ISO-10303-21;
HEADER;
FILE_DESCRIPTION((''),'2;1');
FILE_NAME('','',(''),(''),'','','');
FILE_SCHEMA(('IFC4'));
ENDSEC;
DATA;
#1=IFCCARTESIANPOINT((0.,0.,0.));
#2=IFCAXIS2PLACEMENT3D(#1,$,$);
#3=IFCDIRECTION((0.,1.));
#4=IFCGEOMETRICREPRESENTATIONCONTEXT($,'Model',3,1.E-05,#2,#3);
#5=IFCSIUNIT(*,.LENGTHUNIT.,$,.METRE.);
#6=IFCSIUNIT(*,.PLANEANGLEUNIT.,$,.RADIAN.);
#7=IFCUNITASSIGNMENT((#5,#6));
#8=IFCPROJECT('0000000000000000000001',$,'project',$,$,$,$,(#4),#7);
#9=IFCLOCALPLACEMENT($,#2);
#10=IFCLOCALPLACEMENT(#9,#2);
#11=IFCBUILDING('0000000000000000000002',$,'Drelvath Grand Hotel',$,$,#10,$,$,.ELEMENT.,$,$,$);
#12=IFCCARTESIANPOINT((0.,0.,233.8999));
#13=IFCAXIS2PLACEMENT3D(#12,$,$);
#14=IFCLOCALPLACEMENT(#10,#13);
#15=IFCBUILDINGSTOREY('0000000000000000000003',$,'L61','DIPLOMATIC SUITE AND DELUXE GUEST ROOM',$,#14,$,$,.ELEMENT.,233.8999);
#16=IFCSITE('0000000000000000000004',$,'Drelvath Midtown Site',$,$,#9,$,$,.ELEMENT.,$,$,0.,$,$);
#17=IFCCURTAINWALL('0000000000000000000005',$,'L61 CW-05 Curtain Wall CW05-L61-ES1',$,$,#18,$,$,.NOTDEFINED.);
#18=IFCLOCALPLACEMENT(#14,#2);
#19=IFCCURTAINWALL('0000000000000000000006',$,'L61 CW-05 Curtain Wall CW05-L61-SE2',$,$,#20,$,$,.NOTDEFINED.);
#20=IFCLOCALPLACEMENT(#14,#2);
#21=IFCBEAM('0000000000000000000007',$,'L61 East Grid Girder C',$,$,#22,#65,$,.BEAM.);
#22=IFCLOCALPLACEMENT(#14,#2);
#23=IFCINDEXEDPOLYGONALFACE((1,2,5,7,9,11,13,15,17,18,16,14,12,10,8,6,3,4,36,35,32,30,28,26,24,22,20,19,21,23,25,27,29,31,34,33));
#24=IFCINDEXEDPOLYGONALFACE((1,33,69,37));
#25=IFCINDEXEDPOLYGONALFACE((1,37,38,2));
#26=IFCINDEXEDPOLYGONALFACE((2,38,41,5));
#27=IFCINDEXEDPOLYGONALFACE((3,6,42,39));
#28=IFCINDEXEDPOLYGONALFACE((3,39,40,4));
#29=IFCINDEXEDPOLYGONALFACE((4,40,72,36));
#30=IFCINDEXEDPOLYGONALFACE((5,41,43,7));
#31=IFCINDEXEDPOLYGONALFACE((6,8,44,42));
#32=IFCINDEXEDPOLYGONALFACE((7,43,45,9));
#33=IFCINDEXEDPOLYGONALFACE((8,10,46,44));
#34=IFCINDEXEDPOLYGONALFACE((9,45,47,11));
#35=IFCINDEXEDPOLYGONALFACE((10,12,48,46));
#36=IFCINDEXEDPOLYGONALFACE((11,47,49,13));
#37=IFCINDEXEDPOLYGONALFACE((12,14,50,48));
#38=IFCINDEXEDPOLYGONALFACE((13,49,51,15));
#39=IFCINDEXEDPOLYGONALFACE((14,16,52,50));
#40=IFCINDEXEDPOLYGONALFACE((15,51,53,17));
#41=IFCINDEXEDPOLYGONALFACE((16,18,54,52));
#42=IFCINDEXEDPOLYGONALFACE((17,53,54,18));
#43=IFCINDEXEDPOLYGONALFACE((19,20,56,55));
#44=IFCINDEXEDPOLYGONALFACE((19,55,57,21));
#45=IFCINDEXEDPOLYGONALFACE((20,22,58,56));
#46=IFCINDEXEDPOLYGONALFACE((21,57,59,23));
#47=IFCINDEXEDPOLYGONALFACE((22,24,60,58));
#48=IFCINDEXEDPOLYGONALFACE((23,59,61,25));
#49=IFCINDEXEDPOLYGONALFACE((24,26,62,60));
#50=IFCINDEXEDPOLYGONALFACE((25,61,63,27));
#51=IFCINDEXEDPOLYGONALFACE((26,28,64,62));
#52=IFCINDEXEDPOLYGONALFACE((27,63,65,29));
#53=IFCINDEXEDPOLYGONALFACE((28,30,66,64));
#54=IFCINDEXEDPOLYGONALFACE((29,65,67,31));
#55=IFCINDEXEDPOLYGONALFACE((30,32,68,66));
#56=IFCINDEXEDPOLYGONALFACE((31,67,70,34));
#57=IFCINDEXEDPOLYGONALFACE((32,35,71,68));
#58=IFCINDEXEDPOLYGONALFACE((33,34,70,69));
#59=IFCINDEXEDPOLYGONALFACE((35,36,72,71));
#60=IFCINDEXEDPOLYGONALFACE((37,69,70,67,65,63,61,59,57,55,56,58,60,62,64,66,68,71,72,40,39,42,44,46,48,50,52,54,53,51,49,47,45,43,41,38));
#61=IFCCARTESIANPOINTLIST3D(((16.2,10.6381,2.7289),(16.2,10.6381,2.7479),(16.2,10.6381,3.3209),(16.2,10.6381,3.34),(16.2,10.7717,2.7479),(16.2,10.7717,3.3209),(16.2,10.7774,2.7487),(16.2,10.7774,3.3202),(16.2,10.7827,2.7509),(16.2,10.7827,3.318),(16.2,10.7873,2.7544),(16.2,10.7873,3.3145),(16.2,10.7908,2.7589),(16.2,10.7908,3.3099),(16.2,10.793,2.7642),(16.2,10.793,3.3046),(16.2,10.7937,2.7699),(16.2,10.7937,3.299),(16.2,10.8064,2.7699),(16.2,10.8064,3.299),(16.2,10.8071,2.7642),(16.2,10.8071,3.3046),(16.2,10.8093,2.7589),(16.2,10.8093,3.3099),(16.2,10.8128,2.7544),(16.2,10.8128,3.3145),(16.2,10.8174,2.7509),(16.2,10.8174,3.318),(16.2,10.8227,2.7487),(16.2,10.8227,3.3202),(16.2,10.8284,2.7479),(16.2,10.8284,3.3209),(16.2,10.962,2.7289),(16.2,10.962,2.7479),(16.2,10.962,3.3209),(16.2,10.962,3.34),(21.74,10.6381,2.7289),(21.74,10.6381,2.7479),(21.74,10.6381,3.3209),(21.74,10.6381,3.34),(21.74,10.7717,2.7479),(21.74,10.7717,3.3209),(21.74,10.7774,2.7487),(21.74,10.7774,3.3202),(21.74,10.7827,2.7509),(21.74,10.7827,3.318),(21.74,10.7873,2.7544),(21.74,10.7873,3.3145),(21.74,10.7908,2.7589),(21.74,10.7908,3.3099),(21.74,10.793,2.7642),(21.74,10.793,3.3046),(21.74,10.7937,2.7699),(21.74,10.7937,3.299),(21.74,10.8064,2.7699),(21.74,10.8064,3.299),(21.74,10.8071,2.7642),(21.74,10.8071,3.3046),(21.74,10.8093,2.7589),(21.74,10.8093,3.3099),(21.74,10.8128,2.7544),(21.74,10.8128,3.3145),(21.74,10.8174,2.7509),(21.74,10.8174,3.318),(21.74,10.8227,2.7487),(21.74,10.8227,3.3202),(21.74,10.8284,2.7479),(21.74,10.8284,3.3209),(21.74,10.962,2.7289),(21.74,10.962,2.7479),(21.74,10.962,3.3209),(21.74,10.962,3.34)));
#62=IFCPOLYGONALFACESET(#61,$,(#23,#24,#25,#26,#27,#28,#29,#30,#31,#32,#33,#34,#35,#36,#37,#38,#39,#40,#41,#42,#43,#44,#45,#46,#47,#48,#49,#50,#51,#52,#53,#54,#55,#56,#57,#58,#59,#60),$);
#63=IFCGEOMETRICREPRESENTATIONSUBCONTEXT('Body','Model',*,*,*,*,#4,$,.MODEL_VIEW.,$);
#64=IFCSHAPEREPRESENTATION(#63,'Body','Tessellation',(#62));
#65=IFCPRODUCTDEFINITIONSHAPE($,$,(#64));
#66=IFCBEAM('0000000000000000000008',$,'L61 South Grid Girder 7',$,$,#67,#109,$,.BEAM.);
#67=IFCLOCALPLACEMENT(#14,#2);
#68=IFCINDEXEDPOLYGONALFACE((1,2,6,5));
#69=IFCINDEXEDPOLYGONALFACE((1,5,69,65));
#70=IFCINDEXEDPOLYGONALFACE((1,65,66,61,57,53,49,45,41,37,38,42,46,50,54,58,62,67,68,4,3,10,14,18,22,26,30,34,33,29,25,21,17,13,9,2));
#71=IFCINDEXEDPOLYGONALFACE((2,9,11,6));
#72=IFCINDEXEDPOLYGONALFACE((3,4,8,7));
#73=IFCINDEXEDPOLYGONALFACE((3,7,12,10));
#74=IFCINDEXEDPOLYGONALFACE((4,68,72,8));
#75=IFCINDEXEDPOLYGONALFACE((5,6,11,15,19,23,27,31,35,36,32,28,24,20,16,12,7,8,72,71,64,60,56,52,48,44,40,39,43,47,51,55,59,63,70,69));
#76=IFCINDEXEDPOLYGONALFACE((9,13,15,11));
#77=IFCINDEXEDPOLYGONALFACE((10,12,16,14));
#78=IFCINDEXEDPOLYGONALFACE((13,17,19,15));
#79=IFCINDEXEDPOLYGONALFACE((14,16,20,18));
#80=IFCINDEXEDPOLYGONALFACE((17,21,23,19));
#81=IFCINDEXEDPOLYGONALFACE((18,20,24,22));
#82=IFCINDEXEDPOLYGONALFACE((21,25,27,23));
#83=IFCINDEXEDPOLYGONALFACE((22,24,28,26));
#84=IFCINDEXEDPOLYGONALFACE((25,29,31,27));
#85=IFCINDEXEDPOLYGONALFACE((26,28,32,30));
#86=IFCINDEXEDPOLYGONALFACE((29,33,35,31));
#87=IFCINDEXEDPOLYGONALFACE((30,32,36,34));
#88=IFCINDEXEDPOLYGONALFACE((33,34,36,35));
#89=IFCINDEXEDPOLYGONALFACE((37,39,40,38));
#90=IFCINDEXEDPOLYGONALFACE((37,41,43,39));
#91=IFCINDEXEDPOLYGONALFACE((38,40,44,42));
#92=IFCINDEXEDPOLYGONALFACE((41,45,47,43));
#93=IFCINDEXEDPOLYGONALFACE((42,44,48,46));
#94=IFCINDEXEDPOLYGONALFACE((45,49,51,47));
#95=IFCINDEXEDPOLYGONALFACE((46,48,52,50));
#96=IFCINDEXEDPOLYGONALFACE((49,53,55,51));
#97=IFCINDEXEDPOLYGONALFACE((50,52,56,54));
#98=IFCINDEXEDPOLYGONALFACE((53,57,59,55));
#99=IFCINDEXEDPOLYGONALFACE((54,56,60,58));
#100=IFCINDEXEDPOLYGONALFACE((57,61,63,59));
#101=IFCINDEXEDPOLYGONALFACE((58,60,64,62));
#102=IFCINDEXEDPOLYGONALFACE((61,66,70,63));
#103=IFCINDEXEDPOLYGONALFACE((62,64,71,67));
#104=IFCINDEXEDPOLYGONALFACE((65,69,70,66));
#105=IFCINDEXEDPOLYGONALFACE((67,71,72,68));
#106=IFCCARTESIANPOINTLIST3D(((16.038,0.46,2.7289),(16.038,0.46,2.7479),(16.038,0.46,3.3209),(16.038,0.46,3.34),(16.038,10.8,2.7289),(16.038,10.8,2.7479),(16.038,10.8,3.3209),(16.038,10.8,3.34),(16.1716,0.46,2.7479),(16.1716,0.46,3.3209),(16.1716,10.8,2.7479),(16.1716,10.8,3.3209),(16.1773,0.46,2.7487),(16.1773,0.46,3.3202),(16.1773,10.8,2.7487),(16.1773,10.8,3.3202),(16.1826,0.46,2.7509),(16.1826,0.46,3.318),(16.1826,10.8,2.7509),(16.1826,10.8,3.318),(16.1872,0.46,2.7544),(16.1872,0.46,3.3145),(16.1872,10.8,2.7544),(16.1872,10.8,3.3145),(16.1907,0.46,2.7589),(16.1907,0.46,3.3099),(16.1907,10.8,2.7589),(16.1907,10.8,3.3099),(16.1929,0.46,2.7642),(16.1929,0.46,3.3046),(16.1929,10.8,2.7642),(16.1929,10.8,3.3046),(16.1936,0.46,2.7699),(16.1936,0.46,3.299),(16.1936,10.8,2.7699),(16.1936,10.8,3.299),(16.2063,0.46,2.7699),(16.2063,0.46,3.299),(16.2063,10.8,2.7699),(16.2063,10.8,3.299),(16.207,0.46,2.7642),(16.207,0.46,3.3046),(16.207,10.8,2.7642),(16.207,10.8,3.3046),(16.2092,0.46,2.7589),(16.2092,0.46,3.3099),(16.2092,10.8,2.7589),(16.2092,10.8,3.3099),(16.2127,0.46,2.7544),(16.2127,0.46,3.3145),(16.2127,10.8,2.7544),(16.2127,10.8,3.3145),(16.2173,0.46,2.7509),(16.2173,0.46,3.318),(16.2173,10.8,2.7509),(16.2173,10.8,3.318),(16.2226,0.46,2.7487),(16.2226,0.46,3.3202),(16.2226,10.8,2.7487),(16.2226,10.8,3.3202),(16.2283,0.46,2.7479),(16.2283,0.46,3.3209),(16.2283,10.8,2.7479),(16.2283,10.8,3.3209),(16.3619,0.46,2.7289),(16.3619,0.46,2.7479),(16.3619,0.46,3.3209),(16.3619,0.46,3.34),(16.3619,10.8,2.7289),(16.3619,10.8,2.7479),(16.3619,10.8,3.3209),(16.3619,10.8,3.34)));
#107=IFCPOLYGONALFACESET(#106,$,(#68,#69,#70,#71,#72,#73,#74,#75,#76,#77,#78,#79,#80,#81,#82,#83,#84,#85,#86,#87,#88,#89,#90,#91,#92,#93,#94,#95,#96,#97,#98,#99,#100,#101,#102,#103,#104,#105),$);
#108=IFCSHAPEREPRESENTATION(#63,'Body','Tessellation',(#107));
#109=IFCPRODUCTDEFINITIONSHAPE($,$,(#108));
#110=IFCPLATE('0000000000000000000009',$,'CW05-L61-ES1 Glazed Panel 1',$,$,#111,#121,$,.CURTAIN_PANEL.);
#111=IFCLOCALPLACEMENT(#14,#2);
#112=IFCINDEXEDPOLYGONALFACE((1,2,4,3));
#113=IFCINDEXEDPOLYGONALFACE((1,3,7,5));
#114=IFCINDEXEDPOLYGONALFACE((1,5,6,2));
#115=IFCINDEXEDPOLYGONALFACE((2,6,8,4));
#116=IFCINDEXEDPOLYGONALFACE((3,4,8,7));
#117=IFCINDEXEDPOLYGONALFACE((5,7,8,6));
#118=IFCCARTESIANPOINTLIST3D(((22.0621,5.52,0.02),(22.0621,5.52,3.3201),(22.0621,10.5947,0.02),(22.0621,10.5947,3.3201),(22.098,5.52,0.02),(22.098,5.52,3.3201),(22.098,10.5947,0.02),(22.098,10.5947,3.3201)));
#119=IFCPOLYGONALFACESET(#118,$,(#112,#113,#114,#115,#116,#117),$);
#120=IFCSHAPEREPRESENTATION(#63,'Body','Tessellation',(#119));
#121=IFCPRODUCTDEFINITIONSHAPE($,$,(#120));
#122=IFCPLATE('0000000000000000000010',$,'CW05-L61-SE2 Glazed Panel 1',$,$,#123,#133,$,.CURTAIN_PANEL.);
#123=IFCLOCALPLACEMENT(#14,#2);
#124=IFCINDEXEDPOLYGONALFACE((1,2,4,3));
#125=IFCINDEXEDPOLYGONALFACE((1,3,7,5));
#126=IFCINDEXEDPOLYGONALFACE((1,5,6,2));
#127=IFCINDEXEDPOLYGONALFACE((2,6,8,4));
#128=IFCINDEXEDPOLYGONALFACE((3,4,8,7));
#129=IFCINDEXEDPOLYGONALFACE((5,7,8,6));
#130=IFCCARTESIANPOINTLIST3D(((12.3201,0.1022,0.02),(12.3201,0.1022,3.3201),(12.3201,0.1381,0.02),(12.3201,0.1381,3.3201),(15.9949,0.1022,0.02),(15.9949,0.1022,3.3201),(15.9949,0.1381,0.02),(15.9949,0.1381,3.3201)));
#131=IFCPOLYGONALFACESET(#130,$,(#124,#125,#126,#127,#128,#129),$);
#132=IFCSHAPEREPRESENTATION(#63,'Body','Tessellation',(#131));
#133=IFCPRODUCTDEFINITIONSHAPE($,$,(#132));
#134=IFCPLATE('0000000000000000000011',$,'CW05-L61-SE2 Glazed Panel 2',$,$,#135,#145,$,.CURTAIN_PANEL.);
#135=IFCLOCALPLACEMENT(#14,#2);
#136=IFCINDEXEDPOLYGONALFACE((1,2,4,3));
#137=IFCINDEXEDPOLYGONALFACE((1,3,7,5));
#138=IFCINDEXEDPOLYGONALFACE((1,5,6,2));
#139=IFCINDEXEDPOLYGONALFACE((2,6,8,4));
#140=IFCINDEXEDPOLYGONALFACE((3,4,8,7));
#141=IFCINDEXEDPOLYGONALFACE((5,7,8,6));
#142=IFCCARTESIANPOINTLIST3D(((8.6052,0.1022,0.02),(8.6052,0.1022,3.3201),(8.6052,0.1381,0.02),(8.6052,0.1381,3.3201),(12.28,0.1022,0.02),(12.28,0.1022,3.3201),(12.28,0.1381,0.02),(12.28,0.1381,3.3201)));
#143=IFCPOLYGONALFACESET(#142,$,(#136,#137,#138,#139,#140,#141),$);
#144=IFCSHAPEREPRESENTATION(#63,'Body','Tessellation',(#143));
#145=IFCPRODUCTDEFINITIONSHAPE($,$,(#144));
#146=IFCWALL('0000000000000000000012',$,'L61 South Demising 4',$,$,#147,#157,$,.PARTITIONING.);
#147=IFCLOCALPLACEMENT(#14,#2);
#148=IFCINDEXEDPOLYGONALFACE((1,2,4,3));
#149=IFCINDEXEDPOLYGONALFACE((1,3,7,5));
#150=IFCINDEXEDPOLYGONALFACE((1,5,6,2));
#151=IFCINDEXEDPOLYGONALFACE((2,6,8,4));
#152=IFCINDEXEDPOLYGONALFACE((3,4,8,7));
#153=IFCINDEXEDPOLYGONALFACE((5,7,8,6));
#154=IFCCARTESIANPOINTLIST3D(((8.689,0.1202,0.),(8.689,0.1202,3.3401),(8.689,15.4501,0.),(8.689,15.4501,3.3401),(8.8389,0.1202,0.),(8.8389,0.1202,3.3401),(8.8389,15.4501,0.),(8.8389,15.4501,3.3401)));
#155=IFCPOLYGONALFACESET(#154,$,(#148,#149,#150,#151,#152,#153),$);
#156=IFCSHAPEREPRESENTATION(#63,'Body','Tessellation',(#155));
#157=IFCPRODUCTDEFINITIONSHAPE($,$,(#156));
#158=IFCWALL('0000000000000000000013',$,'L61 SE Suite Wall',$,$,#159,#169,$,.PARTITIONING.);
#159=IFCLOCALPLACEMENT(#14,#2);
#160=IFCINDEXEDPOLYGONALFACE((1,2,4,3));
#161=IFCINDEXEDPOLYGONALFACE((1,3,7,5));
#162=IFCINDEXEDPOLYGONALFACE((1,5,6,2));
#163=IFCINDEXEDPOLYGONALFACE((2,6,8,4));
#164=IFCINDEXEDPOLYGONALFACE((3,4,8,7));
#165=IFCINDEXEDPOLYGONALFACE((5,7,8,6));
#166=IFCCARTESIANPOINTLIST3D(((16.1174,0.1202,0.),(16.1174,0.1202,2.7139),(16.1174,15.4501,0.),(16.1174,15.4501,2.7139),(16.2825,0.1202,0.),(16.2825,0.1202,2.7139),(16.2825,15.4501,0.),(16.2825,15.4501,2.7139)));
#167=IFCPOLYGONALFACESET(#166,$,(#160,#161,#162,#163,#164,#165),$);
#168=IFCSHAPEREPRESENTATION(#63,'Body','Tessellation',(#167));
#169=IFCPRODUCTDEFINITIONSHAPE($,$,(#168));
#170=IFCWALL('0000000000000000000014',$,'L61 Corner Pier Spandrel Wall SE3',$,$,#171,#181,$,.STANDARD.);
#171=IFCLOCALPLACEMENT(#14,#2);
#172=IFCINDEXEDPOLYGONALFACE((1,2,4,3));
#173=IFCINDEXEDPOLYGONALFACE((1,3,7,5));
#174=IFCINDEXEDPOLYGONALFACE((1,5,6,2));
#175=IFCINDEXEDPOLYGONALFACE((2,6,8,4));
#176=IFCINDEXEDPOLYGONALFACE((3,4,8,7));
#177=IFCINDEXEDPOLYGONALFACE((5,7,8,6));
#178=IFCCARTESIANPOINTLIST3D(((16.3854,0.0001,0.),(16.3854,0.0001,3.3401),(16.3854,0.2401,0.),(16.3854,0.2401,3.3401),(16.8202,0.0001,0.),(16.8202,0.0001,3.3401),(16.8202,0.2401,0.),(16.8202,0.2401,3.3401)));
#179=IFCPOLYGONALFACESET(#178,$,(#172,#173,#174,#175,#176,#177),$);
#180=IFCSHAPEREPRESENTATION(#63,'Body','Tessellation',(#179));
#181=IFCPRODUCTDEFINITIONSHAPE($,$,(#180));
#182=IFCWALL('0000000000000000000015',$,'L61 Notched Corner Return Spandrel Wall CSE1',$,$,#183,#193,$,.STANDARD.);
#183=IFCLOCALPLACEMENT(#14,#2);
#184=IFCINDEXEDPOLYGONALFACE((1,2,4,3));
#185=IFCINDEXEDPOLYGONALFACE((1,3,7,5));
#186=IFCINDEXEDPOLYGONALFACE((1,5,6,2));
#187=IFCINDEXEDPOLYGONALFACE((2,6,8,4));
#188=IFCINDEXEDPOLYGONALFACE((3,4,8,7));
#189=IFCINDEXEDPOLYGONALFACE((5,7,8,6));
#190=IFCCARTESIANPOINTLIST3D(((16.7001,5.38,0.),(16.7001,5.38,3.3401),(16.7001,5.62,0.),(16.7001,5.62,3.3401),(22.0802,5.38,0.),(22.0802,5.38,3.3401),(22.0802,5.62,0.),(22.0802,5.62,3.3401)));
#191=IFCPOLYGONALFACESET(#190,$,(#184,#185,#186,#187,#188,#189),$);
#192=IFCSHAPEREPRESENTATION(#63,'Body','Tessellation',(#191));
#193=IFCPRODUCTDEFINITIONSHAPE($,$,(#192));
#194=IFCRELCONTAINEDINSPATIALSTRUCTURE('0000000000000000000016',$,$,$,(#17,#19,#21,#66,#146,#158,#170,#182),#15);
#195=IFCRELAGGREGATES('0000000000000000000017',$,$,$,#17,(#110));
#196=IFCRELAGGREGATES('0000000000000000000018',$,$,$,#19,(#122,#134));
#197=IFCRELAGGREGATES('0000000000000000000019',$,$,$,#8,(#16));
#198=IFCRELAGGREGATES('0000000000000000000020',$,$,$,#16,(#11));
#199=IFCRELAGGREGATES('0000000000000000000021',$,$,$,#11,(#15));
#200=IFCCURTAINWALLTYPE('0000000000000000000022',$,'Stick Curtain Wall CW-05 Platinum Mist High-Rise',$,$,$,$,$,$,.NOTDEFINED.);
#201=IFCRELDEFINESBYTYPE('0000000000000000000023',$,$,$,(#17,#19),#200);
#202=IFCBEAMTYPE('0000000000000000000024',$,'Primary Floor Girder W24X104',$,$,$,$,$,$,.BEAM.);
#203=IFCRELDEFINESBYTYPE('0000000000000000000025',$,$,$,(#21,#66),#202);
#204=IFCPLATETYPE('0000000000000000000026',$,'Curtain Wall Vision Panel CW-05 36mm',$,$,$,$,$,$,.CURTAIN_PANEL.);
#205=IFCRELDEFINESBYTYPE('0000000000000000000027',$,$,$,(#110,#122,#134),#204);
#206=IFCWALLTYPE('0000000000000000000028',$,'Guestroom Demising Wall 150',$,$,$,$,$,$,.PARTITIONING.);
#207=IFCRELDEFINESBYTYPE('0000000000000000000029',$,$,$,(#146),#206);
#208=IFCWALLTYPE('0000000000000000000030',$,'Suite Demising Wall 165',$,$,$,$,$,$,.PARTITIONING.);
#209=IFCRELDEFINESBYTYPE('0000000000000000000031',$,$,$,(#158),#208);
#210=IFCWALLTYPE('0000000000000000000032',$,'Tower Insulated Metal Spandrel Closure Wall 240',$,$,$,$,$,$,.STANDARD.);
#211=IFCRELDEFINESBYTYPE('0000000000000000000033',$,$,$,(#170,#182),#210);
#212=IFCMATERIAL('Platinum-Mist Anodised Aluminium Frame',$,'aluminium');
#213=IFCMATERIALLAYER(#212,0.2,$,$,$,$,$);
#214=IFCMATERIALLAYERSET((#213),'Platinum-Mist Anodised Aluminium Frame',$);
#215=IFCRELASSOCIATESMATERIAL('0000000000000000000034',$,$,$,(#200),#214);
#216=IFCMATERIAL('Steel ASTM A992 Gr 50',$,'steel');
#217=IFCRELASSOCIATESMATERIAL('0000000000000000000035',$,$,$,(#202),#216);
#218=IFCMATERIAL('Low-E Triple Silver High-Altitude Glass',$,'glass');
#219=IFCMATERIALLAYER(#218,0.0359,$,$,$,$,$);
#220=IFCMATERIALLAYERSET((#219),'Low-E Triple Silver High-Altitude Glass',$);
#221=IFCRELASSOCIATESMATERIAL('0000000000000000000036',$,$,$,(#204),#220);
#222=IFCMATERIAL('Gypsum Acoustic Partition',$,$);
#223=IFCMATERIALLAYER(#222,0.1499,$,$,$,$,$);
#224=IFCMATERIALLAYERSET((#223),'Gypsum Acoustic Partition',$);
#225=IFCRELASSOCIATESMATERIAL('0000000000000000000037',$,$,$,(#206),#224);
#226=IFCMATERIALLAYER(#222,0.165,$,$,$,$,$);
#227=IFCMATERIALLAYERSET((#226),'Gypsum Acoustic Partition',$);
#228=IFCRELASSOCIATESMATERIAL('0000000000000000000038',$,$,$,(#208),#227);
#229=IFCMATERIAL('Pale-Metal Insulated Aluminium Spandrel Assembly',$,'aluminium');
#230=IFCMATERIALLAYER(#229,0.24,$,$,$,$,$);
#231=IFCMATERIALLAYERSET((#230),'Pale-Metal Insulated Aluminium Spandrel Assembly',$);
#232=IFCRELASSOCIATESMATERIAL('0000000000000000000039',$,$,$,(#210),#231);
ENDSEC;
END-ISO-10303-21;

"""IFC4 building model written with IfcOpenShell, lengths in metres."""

from ifc_helpers import new_model, si_unit, direction, frame, frame_2d, origin, origin_2d, place, context, subcontext, project, spatial, rectangle, i_section, extrude, material, layer, layer_set, material_profile, profile_set, type_object, element, aggregate, save


model = new_model("IFC4")

# Units and contexts
model_context = context("Model", 3, precision=1e-05, world=origin(), true_north=direction((0.0, 1.0)))
body_context = subcontext(model_context, "Body", "Model", "MODEL_VIEW")
ifc_project = project(units=[si_unit("LENGTHUNIT", "METRE"), si_unit("PLANEANGLEUNIT", "RADIAN")], contexts=[model_context])

# Site, building, storey
site_placement = place(None, origin())
site = spatial("IfcSite", under=ifc_project, at=site_placement, Name="Drelvath Midtown Site", CompositionType="ELEMENT", RefElevation=0.0)
building_placement = place(site_placement, origin())
building = spatial("IfcBuilding", under=site, at=building_placement, Name="Drelvath Grand Hotel", CompositionType="ELEMENT")
storey_placement = place(building_placement, frame((0.0, 0.0, 233.8999)))
storey = spatial("IfcBuildingStorey", under=building, at=storey_placement, Name="L61", Description="DIPLOMATIC SUITE AND DELUXE GUEST ROOM", CompositionType="ELEMENT", Elevation=233.8999)

# Shared definitions
ifc_material_1 = material(Name="Steel ASTM A992 Gr 50", Category="steel")

# Curtain walls
ifc_material_2 = material(Name="Platinum-Mist Anodised Aluminium Frame", Category="aluminium")
ifc_layer_1 = layer(ifc_material_2, 0.2)
ifc_layer_set_1 = layer_set([ifc_layer_1], Name="Platinum-Mist Anodised Aluminium Frame")
curtain_wall_type = type_object("IfcCurtainWallType", Name="Stick Curtain Wall CW-05 Platinum Mist High-Rise", PredefinedType="NOTDEFINED", material=ifc_layer_set_1)
curtain_wall_1_placement = place(storey_placement, origin())
curtain_wall_1 = element("IfcCurtainWall", 1, at=curtain_wall_1_placement, inside=storey, type_object=curtain_wall_type, Name="L61 CW-05 Curtain Wall CW05-L61-ES1", PredefinedType="NOTDEFINED")
curtain_wall_2_placement = place(storey_placement, origin())
curtain_wall_2 = element("IfcCurtainWall", 2, at=curtain_wall_2_placement, inside=storey, type_object=curtain_wall_type, Name="L61 CW-05 Curtain Wall CW05-L61-SE2", PredefinedType="NOTDEFINED")

# Beams
ifc_material_profile_1 = material_profile(ifc_material_1, i_section(OverallWidth=0.324, OverallDepth=0.6111, WebThickness=0.0127, FlangeThickness=0.019, FilletRadius=0.022, at=origin_2d()), Name="W24X104")
ifc_profile_set_1 = profile_set([ifc_material_profile_1], Name="Steel ASTM A992 Gr 50")
beam_type_1 = type_object("IfcBeamType", Name="Primary Floor Girder W24X104", PredefinedType="BEAM", material=ifc_profile_set_1)
beam_1_placement = place(storey_placement, frame((16.2, 10.8, 3.0344), z_axis=(1.0, 0.0, 0.0), x_axis=(0.0, 1.0, 0.0)))
element("IfcBeam", 3, at=beam_1_placement, inside=storey, type_object=beam_type_1, Name="L61 East Grid Girder C", PredefinedType="BEAM", context=body_context, shape_type="SweptSolid", body=[
    extrude(i_section(OverallWidth=0.324, OverallDepth=0.6111, WebThickness=0.0127, FlangeThickness=0.019, FilletRadius=0.022, at=origin_2d()), origin(), (0.0, 0.0, 1.0), 5.54),
])
beam_2_placement = place(storey_placement, frame((16.2, 0.46, 3.0344), z_axis=(0.0, 1.0, 0.0), x_axis=(-1.0, 0.0, 0.0)))
element("IfcBeam", 4, at=beam_2_placement, inside=storey, type_object=beam_type_1, Name="L61 South Grid Girder 7", PredefinedType="BEAM", context=body_context, shape_type="SweptSolid", body=[
    extrude(i_section(OverallWidth=0.324, OverallDepth=0.6111, WebThickness=0.0127, FlangeThickness=0.019, FilletRadius=0.022, at=origin_2d()), origin(), (0.0, 0.0, 1.0), 10.3401),
])

# Plates
ifc_material_3 = material(Name="Low-E Triple Silver High-Altitude Glass", Category="glass")
ifc_layer_2 = layer(ifc_material_3, 0.0359)
ifc_layer_set_2 = layer_set([ifc_layer_2], Name="Low-E Triple Silver High-Altitude Glass")
plate_type = type_object("IfcPlateType", Name="Curtain Wall Vision Panel CW-05 36mm", PredefinedType="CURTAIN_PANEL", material=ifc_layer_set_2)
plate_1_placement = place(storey_placement, frame((22.0801, 8.0574, 0.02), z_axis=(0.0, 0.0, 1.0), x_axis=(0.0, -1.0, 0.0)))
plate_1 = element("IfcPlate", 5, at=plate_1_placement, type_object=plate_type, Name="CW05-L61-ES1 Glazed Panel 1", PredefinedType="CURTAIN_PANEL", context=body_context, shape_type="SweptSolid", body=[
    extrude(rectangle(XDim=5.0747, YDim=0.0359, at=origin_2d()), origin(), (0.0, 0.0, 1.0), 3.3),
])
aggregate(curtain_wall_1, [plate_1])
plate_2_placement = place(storey_placement, frame((14.1575, 0.1201, 0.02), z_axis=(0.0, 0.0, 1.0), x_axis=(-1.0, 0.0, 0.0)))
plate_2 = element("IfcPlate", 6, at=plate_2_placement, type_object=plate_type, Name="CW05-L61-SE2 Glazed Panel 1", PredefinedType="CURTAIN_PANEL", context=body_context, shape_type="SweptSolid", body=[
    extrude(rectangle(XDim=3.6748, YDim=0.0359, at=origin_2d()), origin(), (0.0, 0.0, 1.0), 3.3),
])
plate_3_placement = place(storey_placement, frame((10.4426, 0.1201, 0.02), z_axis=(0.0, 0.0, 1.0), x_axis=(-1.0, 0.0, 0.0)))
plate_3 = element("IfcPlate", 7, at=plate_3_placement, type_object=plate_type, Name="CW05-L61-SE2 Glazed Panel 2", PredefinedType="CURTAIN_PANEL", context=body_context, shape_type="SweptSolid", body=[
    extrude(rectangle(XDim=3.6748, YDim=0.0359, at=origin_2d()), origin(), (0.0, 0.0, 1.0), 3.3),
])
aggregate(curtain_wall_2, [plate_2, plate_3])

# Walls
ifc_material_4 = material(Name="Gypsum Acoustic Partition")
ifc_layer_3 = layer(ifc_material_4, 0.1499)
ifc_layer_set_3 = layer_set([ifc_layer_3], Name="Gypsum Acoustic Partition")
wall_type_1 = type_object("IfcWallType", Name="Guestroom Demising Wall 150", PredefinedType="PARTITIONING", material=ifc_layer_set_3)
wall_1_placement = place(storey_placement, frame((8.7639, 0.1201, 0.0), z_axis=(0.0, 0.0, 1.0), x_axis=(0.0, 1.0, 0.0)))
element("IfcWall", 8, at=wall_1_placement, inside=storey, type_object=wall_type_1, Name="L61 South Demising 4", PredefinedType="PARTITIONING", context=body_context, shape_type="SweptSolid", body=[
    extrude(rectangle(XDim=15.3298, YDim=0.1499, at=frame_2d((7.665, 0.0))), origin(), (0.0, 0.0, 1.0), 3.3401),
])
ifc_layer_4 = layer(ifc_material_4, 0.165)
ifc_layer_set_4 = layer_set([ifc_layer_4], Name="Gypsum Acoustic Partition")
wall_type_2 = type_object("IfcWallType", Name="Suite Demising Wall 165", PredefinedType="PARTITIONING", material=ifc_layer_set_4)
wall_2_placement = place(storey_placement, frame((16.2, 0.1201, 0.0), z_axis=(0.0, 0.0, 1.0), x_axis=(0.0, 1.0, 0.0)))
element("IfcWall", 9, at=wall_2_placement, inside=storey, type_object=wall_type_2, Name="L61 SE Suite Wall", PredefinedType="PARTITIONING", context=body_context, shape_type="SweptSolid", body=[
    extrude(rectangle(XDim=15.3298, YDim=0.165, at=frame_2d((7.665, 0.0))), origin(), (0.0, 0.0, 1.0), 2.7139),
])
ifc_material_5 = material(Name="Pale-Metal Insulated Aluminium Spandrel Assembly", Category="aluminium")
ifc_layer_5 = layer(ifc_material_5, 0.24)
ifc_layer_set_5 = layer_set([ifc_layer_5], Name="Pale-Metal Insulated Aluminium Spandrel Assembly")
wall_type_3 = type_object("IfcWallType", Name="Tower Insulated Metal Spandrel Closure Wall 240", PredefinedType="STANDARD", material=ifc_layer_set_5)
wall_3_placement = place(storey_placement, frame((16.8201, 0.1201, 0.0), z_axis=(0.0, 0.0, 1.0), x_axis=(-1.0, 0.0, 0.0)))
element("IfcWall", 10, at=wall_3_placement, inside=storey, type_object=wall_type_3, Name="L61 Corner Pier Spandrel Wall SE3", PredefinedType="STANDARD", context=body_context, shape_type="SweptSolid", body=[
    extrude(rectangle(XDim=0.4348, YDim=0.24, at=frame_2d((0.2173, 0.0))), origin(), (0.0, 0.0, 1.0), 3.3401),
])
wall_4_placement = place(storey_placement, frame((22.0801, 5.5, 0.0), z_axis=(0.0, 0.0, 1.0), x_axis=(-1.0, 0.0, 0.0)))
element("IfcWall", 11, at=wall_4_placement, inside=storey, type_object=wall_type_3, Name="L61 Notched Corner Return Spandrel Wall CSE1", PredefinedType="STANDARD", context=body_context, shape_type="SweptSolid", body=[
    extrude(rectangle(XDim=5.3801, YDim=0.24, at=frame_2d((2.6899, 0.0))), origin(), (0.0, 0.0, 1.0), 3.3401),
])

save(model, "model.ifc")
